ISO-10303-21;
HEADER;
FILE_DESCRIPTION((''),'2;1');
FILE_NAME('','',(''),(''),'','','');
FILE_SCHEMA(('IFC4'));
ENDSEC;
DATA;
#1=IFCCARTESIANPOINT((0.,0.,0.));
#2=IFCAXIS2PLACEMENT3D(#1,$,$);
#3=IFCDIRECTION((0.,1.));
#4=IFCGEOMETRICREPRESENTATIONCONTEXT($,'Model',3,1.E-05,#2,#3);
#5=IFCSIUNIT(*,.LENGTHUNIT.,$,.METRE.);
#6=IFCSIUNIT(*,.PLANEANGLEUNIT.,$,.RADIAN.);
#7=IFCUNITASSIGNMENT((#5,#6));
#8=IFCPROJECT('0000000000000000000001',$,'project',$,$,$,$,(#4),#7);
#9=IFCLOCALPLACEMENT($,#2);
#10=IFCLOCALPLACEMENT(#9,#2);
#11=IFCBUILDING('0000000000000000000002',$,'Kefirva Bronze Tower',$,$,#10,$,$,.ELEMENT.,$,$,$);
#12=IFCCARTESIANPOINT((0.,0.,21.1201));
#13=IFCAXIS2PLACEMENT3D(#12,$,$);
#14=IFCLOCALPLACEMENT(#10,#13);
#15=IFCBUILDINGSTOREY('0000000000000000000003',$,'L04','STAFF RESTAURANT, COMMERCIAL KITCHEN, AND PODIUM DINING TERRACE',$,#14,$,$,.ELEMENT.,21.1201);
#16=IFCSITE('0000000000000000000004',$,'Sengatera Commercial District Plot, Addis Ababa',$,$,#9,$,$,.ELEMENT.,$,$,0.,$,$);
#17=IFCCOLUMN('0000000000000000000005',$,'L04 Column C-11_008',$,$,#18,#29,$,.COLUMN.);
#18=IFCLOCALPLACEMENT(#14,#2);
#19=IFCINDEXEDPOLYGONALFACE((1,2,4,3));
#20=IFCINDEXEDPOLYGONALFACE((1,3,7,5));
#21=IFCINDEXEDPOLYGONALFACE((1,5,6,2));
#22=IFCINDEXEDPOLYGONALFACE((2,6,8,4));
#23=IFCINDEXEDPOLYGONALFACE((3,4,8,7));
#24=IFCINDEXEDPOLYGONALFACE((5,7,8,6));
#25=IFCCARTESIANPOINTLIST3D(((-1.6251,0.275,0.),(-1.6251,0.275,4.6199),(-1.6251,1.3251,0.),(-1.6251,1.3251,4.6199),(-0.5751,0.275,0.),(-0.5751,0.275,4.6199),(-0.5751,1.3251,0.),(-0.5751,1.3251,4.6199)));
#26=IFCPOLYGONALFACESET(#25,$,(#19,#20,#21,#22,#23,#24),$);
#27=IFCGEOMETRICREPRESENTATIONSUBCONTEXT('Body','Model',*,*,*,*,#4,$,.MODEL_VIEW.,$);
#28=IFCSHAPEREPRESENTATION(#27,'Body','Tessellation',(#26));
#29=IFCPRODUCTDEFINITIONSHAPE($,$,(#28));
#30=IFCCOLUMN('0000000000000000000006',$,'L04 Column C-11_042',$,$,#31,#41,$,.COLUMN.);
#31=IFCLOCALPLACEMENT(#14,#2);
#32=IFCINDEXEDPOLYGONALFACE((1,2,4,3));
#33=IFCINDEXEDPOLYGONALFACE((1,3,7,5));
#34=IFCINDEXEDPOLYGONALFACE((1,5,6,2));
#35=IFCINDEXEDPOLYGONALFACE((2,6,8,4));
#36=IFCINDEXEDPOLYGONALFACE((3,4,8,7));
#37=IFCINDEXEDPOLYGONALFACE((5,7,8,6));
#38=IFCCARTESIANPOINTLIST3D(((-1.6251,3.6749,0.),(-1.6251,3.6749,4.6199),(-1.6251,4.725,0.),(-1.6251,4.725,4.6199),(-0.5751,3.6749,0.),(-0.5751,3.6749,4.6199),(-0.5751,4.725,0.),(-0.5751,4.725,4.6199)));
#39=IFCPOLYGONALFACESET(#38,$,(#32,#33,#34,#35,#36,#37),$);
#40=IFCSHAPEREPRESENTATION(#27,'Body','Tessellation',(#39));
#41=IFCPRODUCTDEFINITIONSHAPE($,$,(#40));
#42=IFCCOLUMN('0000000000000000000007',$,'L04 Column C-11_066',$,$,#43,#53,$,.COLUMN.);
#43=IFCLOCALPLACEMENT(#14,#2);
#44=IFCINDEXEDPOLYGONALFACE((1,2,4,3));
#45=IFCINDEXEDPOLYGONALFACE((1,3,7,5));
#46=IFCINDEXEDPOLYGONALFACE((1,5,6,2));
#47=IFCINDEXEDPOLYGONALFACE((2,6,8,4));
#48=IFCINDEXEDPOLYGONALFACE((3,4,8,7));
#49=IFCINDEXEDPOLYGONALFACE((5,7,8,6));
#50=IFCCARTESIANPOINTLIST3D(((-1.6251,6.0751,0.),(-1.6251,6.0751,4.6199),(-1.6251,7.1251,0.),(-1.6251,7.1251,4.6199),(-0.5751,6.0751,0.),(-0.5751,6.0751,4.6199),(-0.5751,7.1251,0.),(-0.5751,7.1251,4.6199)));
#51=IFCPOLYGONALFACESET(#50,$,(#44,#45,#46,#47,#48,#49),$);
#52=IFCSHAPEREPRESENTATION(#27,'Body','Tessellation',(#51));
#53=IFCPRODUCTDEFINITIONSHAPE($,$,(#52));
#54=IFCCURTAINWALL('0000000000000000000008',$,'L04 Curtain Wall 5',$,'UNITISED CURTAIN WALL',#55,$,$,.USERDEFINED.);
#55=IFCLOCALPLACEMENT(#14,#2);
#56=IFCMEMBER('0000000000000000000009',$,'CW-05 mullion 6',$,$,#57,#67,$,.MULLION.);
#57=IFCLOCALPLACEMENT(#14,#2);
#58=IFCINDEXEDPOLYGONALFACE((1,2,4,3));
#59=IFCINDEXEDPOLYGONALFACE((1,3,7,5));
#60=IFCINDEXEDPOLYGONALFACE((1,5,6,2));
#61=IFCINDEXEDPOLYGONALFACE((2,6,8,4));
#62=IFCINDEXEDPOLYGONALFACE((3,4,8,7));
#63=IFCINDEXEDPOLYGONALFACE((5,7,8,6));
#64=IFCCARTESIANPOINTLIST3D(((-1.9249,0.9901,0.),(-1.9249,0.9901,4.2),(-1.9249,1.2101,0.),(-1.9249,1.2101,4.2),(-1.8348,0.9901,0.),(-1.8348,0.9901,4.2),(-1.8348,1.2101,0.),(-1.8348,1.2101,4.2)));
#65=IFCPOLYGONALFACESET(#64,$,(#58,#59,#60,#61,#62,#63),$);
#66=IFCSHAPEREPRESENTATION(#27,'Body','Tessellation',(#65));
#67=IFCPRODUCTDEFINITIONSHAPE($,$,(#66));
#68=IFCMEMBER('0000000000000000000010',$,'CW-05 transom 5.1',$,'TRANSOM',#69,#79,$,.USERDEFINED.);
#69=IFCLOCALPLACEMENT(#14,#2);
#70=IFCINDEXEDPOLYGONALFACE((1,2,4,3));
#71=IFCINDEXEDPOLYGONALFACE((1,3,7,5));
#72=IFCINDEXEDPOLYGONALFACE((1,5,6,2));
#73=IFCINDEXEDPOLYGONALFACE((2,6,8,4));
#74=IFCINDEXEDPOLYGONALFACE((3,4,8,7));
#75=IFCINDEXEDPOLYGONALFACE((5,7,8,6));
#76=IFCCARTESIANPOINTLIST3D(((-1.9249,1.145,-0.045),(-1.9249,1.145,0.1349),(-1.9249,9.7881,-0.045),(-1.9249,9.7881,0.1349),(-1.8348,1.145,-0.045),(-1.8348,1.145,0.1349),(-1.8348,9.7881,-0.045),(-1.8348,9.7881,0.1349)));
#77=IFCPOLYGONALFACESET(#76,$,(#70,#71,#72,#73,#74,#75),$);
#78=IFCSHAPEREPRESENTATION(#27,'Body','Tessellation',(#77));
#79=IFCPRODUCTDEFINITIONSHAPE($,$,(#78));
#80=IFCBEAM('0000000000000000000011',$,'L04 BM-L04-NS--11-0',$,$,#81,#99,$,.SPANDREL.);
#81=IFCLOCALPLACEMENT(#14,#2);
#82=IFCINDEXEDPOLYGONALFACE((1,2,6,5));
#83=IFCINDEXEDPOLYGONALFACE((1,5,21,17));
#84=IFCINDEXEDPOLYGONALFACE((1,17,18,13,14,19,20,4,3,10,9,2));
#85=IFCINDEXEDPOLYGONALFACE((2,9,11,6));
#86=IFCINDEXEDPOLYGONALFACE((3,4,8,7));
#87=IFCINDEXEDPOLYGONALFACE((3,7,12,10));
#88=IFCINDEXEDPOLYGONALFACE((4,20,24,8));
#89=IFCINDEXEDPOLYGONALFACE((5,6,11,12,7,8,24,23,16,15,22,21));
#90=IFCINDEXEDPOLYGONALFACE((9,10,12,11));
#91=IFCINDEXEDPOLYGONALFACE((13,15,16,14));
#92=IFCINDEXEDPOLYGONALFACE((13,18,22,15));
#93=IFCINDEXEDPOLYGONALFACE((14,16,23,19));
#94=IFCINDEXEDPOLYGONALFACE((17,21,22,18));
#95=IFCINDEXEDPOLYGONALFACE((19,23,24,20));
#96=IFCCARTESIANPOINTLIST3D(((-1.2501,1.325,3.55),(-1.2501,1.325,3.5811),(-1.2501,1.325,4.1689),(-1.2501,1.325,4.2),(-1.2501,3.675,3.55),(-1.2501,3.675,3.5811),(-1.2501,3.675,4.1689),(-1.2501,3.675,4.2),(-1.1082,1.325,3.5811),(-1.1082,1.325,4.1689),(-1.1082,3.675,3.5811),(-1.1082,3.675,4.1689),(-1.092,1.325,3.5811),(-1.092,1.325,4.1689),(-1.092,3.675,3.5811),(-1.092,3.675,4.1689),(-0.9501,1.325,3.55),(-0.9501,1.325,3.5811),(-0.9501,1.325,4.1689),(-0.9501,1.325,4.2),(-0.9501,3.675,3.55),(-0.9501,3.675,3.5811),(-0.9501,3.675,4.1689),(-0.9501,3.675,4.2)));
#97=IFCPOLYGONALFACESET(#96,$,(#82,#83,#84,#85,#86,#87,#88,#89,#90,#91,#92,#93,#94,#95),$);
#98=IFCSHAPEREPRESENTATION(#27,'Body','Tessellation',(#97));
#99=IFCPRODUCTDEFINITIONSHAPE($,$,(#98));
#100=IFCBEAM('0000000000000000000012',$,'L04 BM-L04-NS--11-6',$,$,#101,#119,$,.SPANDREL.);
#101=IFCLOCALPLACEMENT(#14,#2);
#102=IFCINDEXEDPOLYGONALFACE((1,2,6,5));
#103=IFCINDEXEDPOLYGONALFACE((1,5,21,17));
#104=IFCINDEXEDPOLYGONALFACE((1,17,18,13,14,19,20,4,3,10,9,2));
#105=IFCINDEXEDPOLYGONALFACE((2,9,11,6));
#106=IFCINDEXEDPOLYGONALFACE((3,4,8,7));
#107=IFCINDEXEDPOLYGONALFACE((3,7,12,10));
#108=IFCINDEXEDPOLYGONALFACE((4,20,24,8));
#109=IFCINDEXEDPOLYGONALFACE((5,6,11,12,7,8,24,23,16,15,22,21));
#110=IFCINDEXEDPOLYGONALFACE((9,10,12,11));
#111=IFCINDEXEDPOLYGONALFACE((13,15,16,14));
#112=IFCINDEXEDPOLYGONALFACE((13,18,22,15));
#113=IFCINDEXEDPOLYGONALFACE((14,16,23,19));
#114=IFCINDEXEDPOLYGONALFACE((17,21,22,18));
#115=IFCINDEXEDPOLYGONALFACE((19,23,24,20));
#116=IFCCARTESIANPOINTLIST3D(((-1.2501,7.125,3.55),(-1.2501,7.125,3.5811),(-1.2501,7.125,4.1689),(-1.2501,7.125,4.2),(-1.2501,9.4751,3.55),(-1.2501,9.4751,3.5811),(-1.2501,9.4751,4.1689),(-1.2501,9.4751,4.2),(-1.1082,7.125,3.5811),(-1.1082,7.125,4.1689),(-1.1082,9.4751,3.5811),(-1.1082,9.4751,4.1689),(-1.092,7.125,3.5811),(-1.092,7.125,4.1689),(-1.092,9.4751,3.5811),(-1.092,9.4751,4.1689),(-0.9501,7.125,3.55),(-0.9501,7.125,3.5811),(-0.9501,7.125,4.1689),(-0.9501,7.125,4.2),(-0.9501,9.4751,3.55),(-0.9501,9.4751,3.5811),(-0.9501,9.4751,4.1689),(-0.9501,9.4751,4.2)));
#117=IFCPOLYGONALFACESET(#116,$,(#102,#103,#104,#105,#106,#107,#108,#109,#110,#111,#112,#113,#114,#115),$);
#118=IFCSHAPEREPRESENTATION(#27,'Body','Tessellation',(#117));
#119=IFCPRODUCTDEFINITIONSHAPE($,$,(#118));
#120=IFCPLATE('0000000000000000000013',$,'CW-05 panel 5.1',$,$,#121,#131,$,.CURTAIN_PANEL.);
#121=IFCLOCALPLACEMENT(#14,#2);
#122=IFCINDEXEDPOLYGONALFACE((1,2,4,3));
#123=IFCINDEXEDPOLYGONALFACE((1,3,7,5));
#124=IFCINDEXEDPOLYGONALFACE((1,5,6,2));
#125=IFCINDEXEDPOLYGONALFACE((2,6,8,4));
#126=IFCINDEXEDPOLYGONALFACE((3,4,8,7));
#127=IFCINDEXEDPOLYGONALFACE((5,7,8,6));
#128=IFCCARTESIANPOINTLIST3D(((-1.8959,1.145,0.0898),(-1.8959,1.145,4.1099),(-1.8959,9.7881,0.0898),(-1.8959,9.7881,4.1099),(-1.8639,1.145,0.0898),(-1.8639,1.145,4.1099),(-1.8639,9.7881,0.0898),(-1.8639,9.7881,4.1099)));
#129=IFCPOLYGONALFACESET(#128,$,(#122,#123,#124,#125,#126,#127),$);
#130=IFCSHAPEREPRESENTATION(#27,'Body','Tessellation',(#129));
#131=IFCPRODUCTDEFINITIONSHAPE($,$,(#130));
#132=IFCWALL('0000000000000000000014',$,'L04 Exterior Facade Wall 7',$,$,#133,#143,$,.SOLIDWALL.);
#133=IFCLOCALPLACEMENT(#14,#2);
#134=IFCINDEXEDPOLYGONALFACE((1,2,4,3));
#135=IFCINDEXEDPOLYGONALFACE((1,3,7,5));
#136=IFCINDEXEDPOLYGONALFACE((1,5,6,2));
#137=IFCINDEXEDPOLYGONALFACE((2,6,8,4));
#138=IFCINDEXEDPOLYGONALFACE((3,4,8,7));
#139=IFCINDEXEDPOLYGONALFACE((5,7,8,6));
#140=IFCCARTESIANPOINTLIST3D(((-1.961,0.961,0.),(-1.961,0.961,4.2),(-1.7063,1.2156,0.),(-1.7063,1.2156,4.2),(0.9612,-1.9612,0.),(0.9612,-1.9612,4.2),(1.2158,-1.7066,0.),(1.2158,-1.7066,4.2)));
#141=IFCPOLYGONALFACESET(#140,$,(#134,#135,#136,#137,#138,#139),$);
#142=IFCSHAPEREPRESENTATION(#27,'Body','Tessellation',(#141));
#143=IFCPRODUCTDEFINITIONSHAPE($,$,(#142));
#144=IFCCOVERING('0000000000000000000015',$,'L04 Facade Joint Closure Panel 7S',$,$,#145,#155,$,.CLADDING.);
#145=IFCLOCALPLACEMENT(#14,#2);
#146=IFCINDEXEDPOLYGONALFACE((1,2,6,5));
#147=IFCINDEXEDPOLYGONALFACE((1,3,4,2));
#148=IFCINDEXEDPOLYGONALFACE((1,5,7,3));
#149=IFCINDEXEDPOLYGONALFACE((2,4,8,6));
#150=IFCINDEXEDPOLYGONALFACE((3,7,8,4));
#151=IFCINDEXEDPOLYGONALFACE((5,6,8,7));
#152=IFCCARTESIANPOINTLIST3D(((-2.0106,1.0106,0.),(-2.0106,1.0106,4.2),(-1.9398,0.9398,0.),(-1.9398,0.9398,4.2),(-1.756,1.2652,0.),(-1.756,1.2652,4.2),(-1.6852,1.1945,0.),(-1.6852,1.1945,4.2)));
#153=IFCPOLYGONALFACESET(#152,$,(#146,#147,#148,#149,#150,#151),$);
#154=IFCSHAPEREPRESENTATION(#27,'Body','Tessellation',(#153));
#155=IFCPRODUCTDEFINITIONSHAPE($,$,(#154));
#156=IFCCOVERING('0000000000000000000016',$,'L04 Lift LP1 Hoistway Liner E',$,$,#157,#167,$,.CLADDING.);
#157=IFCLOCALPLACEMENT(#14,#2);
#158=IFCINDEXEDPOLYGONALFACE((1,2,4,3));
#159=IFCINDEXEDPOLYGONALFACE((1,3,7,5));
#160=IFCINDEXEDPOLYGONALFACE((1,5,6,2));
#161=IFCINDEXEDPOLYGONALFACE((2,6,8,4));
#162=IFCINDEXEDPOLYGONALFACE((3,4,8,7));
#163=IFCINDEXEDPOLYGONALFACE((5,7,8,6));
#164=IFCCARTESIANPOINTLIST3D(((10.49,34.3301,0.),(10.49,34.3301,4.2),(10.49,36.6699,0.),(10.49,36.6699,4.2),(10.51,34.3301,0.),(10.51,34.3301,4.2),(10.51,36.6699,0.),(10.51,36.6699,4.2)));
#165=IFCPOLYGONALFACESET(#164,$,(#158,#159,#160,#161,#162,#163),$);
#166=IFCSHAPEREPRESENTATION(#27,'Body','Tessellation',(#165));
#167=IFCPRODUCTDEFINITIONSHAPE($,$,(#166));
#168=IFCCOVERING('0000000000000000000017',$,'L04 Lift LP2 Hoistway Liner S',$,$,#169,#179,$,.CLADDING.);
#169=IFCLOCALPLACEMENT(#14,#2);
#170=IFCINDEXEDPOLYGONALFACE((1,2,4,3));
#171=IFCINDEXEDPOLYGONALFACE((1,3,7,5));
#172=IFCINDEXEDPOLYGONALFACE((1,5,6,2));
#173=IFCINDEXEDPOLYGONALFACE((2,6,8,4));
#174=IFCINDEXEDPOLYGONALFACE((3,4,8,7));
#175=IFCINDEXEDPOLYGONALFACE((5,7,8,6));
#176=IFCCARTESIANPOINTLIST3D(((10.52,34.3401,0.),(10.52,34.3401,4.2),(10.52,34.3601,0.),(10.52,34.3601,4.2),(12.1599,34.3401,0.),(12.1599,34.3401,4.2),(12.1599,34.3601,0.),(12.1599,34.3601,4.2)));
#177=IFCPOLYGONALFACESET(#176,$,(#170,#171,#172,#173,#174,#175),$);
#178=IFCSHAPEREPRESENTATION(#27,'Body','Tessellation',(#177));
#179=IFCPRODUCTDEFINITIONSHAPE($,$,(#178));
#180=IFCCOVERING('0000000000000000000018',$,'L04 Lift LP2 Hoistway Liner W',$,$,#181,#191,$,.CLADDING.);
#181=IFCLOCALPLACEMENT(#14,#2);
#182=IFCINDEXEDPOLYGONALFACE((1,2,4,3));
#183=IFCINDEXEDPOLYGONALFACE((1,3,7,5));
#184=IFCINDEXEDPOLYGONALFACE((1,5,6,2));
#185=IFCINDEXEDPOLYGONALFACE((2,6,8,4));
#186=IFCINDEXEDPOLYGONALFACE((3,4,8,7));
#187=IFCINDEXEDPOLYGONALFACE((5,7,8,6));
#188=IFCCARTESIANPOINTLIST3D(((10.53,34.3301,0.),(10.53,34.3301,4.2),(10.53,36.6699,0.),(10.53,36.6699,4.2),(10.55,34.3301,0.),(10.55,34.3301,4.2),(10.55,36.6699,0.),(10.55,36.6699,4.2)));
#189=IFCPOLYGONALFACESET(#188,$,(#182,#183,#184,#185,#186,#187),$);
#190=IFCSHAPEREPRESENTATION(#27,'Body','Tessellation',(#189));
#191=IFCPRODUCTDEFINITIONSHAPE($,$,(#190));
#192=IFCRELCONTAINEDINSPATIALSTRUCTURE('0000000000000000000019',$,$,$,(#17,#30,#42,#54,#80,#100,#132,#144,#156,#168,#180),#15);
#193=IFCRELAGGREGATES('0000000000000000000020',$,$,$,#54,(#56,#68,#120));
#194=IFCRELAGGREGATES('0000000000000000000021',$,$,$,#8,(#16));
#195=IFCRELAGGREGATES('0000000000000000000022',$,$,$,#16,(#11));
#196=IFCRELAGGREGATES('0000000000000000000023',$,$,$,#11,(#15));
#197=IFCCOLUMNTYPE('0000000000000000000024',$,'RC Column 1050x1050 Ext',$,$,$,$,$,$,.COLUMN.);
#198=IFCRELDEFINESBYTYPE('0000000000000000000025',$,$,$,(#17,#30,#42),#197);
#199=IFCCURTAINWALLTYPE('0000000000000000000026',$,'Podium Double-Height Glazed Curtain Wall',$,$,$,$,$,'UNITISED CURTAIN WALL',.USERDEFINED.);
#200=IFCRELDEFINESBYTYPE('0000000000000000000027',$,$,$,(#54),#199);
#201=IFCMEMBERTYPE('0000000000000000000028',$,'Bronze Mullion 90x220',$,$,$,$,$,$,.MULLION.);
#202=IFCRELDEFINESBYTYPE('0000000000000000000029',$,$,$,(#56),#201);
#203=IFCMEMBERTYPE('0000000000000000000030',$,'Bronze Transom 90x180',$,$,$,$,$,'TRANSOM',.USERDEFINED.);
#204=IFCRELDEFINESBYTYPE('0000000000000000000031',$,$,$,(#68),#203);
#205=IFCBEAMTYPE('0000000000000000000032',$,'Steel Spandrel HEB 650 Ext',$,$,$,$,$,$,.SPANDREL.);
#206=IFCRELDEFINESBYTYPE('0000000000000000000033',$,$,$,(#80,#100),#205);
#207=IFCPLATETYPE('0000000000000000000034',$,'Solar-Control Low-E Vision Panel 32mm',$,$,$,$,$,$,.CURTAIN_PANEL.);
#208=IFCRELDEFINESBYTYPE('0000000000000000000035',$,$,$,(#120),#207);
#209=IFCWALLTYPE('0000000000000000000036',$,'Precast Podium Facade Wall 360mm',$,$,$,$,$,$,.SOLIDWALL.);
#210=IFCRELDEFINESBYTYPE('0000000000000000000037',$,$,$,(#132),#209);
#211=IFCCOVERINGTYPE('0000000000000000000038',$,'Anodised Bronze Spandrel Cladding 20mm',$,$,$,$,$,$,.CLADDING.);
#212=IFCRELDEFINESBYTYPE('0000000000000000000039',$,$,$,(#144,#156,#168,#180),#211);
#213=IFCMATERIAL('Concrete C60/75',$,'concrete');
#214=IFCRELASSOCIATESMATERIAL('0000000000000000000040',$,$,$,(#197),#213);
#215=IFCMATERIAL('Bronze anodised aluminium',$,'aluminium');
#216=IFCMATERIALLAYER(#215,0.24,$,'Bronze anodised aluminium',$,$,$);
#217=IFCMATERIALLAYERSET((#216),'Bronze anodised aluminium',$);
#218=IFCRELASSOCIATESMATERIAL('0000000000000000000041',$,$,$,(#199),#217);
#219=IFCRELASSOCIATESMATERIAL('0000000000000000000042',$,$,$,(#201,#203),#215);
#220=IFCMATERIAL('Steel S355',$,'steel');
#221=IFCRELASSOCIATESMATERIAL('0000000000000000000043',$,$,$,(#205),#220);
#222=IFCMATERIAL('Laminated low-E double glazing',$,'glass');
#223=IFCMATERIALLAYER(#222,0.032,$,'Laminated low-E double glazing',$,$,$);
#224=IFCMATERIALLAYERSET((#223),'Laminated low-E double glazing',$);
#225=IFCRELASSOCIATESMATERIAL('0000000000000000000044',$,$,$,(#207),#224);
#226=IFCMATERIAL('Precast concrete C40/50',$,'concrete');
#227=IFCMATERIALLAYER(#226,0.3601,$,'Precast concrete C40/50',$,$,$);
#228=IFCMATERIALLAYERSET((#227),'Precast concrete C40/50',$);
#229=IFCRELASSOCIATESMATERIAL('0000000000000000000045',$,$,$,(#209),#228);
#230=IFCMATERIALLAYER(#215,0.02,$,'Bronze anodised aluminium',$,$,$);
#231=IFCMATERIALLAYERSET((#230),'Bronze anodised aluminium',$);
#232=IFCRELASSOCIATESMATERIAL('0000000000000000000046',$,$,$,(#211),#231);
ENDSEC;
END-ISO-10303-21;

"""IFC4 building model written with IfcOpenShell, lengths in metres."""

from ifc_helpers import new_model, si_unit, direction, frame, frame_2d, origin, origin_2d, place, context, subcontext, project, spatial, polyline, rectangle, i_section, outline, extrude, material, layer, layer_set, material_profile, profile_set, type_object, element, aggregate, save


model = new_model("IFC4")

# Units and contexts
model_context = context("Model", 3, precision=1e-05, world=origin(), true_north=direction((0.0, 1.0)))
body_context = subcontext(model_context, "Body", "Model", "MODEL_VIEW")
ifc_project = project(units=[si_unit("LENGTHUNIT", "METRE"), si_unit("PLANEANGLEUNIT", "RADIAN")], contexts=[model_context])

# Site, building, storey
site_placement = place(None, origin())
site = spatial("IfcSite", under=ifc_project, at=site_placement, Name="Sengatera Commercial District Plot, Addis Ababa", CompositionType="ELEMENT", RefElevation=0.0)
building_placement = place(site_placement, origin())
building = spatial("IfcBuilding", under=site, at=building_placement, Name="Kefirva Bronze Tower", CompositionType="ELEMENT")
storey_placement = place(building_placement, frame((0.0, 0.0, 21.1201)))
storey = spatial("IfcBuildingStorey", under=building, at=storey_placement, Name="L04", Description="STAFF RESTAURANT, COMMERCIAL KITCHEN, AND PODIUM DINING TERRACE", CompositionType="ELEMENT", Elevation=21.1201)

# Columns
ifc_material_1 = material(Name="Concrete C60/75", Category="concrete")
ifc_material_profile_1 = material_profile(ifc_material_1, rectangle(XDim=1.05, YDim=1.05, at=origin_2d()), Name="RC 1050x1050")
ifc_profile_set_1 = profile_set([ifc_material_profile_1], Name="Concrete C60/75")
column_type = type_object("IfcColumnType", Name="RC Column 1050x1050 Ext", PredefinedType="COLUMN", material=ifc_profile_set_1)
for number, where, z_axis, x_axis, name in (
    (1, (-1.1001, 0.8, 0.0), (0.0, 0.0, 1.0), (1.0, 0.0, 0.0), "L04 Column C-11_008"),
    (2, (-1.1001, 4.2, 0.0), (0.0, 0.0, 1.0), (1.0, 0.0, 0.0), "L04 Column C-11_042"),
    (3, (-1.1001, 6.6001, 0.0), (0.0, 0.0, 1.0), (1.0, 0.0, 0.0), "L04 Column C-11_066"),
):
    element("IfcColumn", number, at=place(storey_placement, frame(where, z_axis=z_axis, x_axis=x_axis)), inside=storey, type_object=column_type, Name=name, PredefinedType="COLUMN", context=body_context, shape_type="SweptSolid", body=[
        extrude(rectangle(XDim=1.05, YDim=1.05, at=origin_2d()), origin(), (0.0, 0.0, 1.0), 4.6199),
    ])

# Curtain wall, members
ifc_material_2 = material(Name="Bronze anodised aluminium", Category="aluminium")
ifc_layer_1 = layer(ifc_material_2, 0.24, Name="Bronze anodised aluminium")
ifc_layer_set_1 = layer_set([ifc_layer_1], Name="Bronze anodised aluminium")
curtain_wall_type = type_object("IfcCurtainWallType", Name="Podium Double-Height Glazed Curtain Wall", ElementType="UNITISED CURTAIN WALL", PredefinedType="USERDEFINED", material=ifc_layer_set_1)
curtain_wall_placement = place(storey_placement, origin())
curtain_wall = element("IfcCurtainWall", 4, at=curtain_wall_placement, inside=storey, type_object=curtain_wall_type, Name="L04 Curtain Wall 5", ObjectType="UNITISED CURTAIN WALL", PredefinedType="USERDEFINED")
ifc_material_profile_2 = material_profile(ifc_material_2, rectangle(XDim=0.0901, YDim=0.22, at=origin_2d()), Name="ALU 90x220")
ifc_profile_set_2 = profile_set([ifc_material_profile_2], Name="Bronze anodised aluminium")
member_type_1 = type_object("IfcMemberType", Name="Bronze Mullion 90x220", PredefinedType="MULLION", material=ifc_profile_set_2)
member_1_placement = place(storey_placement, frame((-1.8799, 1.1001, 0.0), z_axis=(0.0, 0.0, 1.0), x_axis=(1.0, 0.0, 0.0)))
member_1 = element("IfcMember", 5, at=member_1_placement, type_object=member_type_1, Name="CW-05 mullion 6", PredefinedType="MULLION", context=body_context, shape_type="SweptSolid", body=[
    extrude(rectangle(XDim=0.0901, YDim=0.22, at=origin_2d()), origin(), (0.0, 0.0, 1.0), 4.2),
])
ifc_material_profile_3 = material_profile(ifc_material_2, rectangle(XDim=0.0901, YDim=0.1799, at=origin_2d()), Name="ALU 90x180")
ifc_profile_set_3 = profile_set([ifc_material_profile_3], Name="Bronze anodised aluminium")
member_type_2 = type_object("IfcMemberType", Name="Bronze Transom 90x180", ElementType="TRANSOM", PredefinedType="USERDEFINED", material=ifc_profile_set_3)
member_2_placement = place(storey_placement, frame((-1.8799, 9.7881, 0.0449), z_axis=(0.0, -1.0, 0.0), x_axis=(1.0, 0.0, 0.0)))
member_2 = element("IfcMember", 6, at=member_2_placement, type_object=member_type_2, Name="CW-05 transom 5.1", ObjectType="TRANSOM", PredefinedType="USERDEFINED", context=body_context, shape_type="SweptSolid", body=[
    extrude(rectangle(XDim=0.0901, YDim=0.1799, at=origin_2d()), origin(), (0.0, 0.0, 1.0), 8.6431),
])

# Beams
ifc_material_3 = material(Name="Steel S355", Category="steel")
ifc_material_profile_4 = material_profile(ifc_material_3, i_section(OverallWidth=0.3, OverallDepth=0.6499, WebThickness=0.0161, FlangeThickness=0.031, at=origin_2d()), Name="HEB 650")
ifc_profile_set_4 = profile_set([ifc_material_profile_4], Name="Steel S355")
beam_type = type_object("IfcBeamType", Name="Steel Spandrel HEB 650 Ext", PredefinedType="SPANDREL", material=ifc_profile_set_4)
for number, where, z_axis, x_axis, name in (
    (7, (-1.1001, 1.325, 3.875), (0.0, 1.0, 0.0), (-1.0, 0.0, 0.0), "L04 BM-L04-NS--11-0"),
    (8, (-1.1001, 7.125, 3.875), (0.0, 1.0, 0.0), (-1.0, 0.0, 0.0), "L04 BM-L04-NS--11-6"),
):
    element("IfcBeam", number, at=place(storey_placement, frame(where, z_axis=z_axis, x_axis=x_axis)), inside=storey, type_object=beam_type, Name=name, PredefinedType="SPANDREL", context=body_context, shape_type="SweptSolid", body=[
        extrude(i_section(OverallWidth=0.3, OverallDepth=0.6499, WebThickness=0.0161, FlangeThickness=0.031, at=origin_2d()), origin(), (0.0, 0.0, 1.0), 2.3501),
    ])

# Plate
ifc_material_4 = material(Name="Laminated low-E double glazing", Category="glass")
ifc_layer_2 = layer(ifc_material_4, 0.032, Name="Laminated low-E double glazing")
ifc_layer_set_2 = layer_set([ifc_layer_2], Name="Laminated low-E double glazing")
plate_type = type_object("IfcPlateType", Name="Solar-Control Low-E Vision Panel 32mm", PredefinedType="CURTAIN_PANEL", material=ifc_layer_set_2)
plate_placement = place(storey_placement, frame((-1.8799, 5.4666, 0.0898), z_axis=(0.0, 0.0, 1.0), x_axis=(0.0, -1.0, 0.0)))
plate = element("IfcPlate", 9, at=plate_placement, type_object=plate_type, Name="CW-05 panel 5.1", PredefinedType="CURTAIN_PANEL", context=body_context, shape_type="SweptSolid", body=[
    extrude(rectangle(XDim=8.6431, YDim=0.032, at=origin_2d()), origin(), (0.0, 0.0, 1.0), 4.02),
])
aggregate(curtain_wall, [member_1, member_2, plate])

# Wall
ifc_material_5 = material(Name="Precast concrete C40/50", Category="concrete")
ifc_layer_3 = layer(ifc_material_5, 0.3601, Name="Precast concrete C40/50")
ifc_layer_set_3 = layer_set([ifc_layer_3], Name="Precast concrete C40/50")
wall_type = type_object("IfcWallType", Name="Precast Podium Facade Wall 360mm", PredefinedType="SOLIDWALL", material=ifc_layer_set_3)
wall_placement = place(storey_placement, frame((-1.8337, 1.0884, 0.0), z_axis=(0.0, 0.0, 1.0), x_axis=(0.707107, -0.707107, 0.0)))
element("IfcWall", 10, at=wall_placement, inside=storey, type_object=wall_type, Name="L04 Exterior Facade Wall 7", PredefinedType="SOLIDWALL", context=body_context, shape_type="SweptSolid", body=[
    extrude(rectangle(XDim=4.1326, YDim=0.3601, at=frame_2d((2.0664, 0.0))), origin(), (0.0, 0.0, 1.0), 4.2),
])

# Coverings
ifc_layer_4 = layer(ifc_material_2, 0.02, Name="Bronze anodised aluminium")
ifc_layer_set_4 = layer_set([ifc_layer_4], Name="Bronze anodised aluminium")
covering_type_1 = type_object("IfcCoveringType", Name="Anodised Bronze Spandrel Cladding 20mm", PredefinedType="CLADDING", material=ifc_layer_set_4)
covering_1_placement = place(storey_placement, frame((-1.8479, 1.1025, 0.0), z_axis=(0.0, 0.0, 1.0), x_axis=(0.707107, -0.707107, 0.0)))
element("IfcCovering", 11, at=covering_1_placement, inside=storey, type_object=covering_type_1, Name="L04 Facade Joint Closure Panel 7S", PredefinedType="CLADDING", context=body_context, shape_type="SweptSolid", body=[
    extrude(rectangle(XDim=0.1001, YDim=0.3601, at=origin_2d()), origin(), (0.0, 0.0, 1.0), 4.2),
])
covering_2_placement = place(storey_placement, origin())
element("IfcCovering", 12, at=covering_2_placement, inside=storey, type_object=covering_type_1, Name="L04 Lift LP1 Hoistway Liner E", PredefinedType="CLADDING", context=body_context, shape_type="SweptSolid", body=[
    extrude(outline(polyline([(10.49, 34.3301), (10.51, 34.3301), (10.51, 36.6699), (10.49, 36.6699), (10.49, 34.3301)])), origin(), (0.0, 0.0, 1.0), 4.2),
])
covering_3_placement = place(storey_placement, origin())
element("IfcCovering", 13, at=covering_3_placement, inside=storey, type_object=covering_type_1, Name="L04 Lift LP2 Hoistway Liner S", PredefinedType="CLADDING", context=body_context, shape_type="SweptSolid", body=[
    extrude(outline(polyline([(10.52, 34.3401), (12.1599, 34.3401), (12.1599, 34.3601), (10.52, 34.3601), (10.52, 34.3401)])), origin(), (0.0, 0.0, 1.0), 4.2),
])
covering_4_placement = place(storey_placement, origin())
element("IfcCovering", 14, at=covering_4_placement, inside=storey, type_object=covering_type_1, Name="L04 Lift LP2 Hoistway Liner W", PredefinedType="CLADDING", context=body_context, shape_type="SweptSolid", body=[
    extrude(outline(polyline([(10.53, 34.3301), (10.55, 34.3301), (10.55, 36.6699), (10.53, 36.6699), (10.53, 34.3301)])), origin(), (0.0, 0.0, 1.0), 4.2),
])

save(model, "model.ifc")
